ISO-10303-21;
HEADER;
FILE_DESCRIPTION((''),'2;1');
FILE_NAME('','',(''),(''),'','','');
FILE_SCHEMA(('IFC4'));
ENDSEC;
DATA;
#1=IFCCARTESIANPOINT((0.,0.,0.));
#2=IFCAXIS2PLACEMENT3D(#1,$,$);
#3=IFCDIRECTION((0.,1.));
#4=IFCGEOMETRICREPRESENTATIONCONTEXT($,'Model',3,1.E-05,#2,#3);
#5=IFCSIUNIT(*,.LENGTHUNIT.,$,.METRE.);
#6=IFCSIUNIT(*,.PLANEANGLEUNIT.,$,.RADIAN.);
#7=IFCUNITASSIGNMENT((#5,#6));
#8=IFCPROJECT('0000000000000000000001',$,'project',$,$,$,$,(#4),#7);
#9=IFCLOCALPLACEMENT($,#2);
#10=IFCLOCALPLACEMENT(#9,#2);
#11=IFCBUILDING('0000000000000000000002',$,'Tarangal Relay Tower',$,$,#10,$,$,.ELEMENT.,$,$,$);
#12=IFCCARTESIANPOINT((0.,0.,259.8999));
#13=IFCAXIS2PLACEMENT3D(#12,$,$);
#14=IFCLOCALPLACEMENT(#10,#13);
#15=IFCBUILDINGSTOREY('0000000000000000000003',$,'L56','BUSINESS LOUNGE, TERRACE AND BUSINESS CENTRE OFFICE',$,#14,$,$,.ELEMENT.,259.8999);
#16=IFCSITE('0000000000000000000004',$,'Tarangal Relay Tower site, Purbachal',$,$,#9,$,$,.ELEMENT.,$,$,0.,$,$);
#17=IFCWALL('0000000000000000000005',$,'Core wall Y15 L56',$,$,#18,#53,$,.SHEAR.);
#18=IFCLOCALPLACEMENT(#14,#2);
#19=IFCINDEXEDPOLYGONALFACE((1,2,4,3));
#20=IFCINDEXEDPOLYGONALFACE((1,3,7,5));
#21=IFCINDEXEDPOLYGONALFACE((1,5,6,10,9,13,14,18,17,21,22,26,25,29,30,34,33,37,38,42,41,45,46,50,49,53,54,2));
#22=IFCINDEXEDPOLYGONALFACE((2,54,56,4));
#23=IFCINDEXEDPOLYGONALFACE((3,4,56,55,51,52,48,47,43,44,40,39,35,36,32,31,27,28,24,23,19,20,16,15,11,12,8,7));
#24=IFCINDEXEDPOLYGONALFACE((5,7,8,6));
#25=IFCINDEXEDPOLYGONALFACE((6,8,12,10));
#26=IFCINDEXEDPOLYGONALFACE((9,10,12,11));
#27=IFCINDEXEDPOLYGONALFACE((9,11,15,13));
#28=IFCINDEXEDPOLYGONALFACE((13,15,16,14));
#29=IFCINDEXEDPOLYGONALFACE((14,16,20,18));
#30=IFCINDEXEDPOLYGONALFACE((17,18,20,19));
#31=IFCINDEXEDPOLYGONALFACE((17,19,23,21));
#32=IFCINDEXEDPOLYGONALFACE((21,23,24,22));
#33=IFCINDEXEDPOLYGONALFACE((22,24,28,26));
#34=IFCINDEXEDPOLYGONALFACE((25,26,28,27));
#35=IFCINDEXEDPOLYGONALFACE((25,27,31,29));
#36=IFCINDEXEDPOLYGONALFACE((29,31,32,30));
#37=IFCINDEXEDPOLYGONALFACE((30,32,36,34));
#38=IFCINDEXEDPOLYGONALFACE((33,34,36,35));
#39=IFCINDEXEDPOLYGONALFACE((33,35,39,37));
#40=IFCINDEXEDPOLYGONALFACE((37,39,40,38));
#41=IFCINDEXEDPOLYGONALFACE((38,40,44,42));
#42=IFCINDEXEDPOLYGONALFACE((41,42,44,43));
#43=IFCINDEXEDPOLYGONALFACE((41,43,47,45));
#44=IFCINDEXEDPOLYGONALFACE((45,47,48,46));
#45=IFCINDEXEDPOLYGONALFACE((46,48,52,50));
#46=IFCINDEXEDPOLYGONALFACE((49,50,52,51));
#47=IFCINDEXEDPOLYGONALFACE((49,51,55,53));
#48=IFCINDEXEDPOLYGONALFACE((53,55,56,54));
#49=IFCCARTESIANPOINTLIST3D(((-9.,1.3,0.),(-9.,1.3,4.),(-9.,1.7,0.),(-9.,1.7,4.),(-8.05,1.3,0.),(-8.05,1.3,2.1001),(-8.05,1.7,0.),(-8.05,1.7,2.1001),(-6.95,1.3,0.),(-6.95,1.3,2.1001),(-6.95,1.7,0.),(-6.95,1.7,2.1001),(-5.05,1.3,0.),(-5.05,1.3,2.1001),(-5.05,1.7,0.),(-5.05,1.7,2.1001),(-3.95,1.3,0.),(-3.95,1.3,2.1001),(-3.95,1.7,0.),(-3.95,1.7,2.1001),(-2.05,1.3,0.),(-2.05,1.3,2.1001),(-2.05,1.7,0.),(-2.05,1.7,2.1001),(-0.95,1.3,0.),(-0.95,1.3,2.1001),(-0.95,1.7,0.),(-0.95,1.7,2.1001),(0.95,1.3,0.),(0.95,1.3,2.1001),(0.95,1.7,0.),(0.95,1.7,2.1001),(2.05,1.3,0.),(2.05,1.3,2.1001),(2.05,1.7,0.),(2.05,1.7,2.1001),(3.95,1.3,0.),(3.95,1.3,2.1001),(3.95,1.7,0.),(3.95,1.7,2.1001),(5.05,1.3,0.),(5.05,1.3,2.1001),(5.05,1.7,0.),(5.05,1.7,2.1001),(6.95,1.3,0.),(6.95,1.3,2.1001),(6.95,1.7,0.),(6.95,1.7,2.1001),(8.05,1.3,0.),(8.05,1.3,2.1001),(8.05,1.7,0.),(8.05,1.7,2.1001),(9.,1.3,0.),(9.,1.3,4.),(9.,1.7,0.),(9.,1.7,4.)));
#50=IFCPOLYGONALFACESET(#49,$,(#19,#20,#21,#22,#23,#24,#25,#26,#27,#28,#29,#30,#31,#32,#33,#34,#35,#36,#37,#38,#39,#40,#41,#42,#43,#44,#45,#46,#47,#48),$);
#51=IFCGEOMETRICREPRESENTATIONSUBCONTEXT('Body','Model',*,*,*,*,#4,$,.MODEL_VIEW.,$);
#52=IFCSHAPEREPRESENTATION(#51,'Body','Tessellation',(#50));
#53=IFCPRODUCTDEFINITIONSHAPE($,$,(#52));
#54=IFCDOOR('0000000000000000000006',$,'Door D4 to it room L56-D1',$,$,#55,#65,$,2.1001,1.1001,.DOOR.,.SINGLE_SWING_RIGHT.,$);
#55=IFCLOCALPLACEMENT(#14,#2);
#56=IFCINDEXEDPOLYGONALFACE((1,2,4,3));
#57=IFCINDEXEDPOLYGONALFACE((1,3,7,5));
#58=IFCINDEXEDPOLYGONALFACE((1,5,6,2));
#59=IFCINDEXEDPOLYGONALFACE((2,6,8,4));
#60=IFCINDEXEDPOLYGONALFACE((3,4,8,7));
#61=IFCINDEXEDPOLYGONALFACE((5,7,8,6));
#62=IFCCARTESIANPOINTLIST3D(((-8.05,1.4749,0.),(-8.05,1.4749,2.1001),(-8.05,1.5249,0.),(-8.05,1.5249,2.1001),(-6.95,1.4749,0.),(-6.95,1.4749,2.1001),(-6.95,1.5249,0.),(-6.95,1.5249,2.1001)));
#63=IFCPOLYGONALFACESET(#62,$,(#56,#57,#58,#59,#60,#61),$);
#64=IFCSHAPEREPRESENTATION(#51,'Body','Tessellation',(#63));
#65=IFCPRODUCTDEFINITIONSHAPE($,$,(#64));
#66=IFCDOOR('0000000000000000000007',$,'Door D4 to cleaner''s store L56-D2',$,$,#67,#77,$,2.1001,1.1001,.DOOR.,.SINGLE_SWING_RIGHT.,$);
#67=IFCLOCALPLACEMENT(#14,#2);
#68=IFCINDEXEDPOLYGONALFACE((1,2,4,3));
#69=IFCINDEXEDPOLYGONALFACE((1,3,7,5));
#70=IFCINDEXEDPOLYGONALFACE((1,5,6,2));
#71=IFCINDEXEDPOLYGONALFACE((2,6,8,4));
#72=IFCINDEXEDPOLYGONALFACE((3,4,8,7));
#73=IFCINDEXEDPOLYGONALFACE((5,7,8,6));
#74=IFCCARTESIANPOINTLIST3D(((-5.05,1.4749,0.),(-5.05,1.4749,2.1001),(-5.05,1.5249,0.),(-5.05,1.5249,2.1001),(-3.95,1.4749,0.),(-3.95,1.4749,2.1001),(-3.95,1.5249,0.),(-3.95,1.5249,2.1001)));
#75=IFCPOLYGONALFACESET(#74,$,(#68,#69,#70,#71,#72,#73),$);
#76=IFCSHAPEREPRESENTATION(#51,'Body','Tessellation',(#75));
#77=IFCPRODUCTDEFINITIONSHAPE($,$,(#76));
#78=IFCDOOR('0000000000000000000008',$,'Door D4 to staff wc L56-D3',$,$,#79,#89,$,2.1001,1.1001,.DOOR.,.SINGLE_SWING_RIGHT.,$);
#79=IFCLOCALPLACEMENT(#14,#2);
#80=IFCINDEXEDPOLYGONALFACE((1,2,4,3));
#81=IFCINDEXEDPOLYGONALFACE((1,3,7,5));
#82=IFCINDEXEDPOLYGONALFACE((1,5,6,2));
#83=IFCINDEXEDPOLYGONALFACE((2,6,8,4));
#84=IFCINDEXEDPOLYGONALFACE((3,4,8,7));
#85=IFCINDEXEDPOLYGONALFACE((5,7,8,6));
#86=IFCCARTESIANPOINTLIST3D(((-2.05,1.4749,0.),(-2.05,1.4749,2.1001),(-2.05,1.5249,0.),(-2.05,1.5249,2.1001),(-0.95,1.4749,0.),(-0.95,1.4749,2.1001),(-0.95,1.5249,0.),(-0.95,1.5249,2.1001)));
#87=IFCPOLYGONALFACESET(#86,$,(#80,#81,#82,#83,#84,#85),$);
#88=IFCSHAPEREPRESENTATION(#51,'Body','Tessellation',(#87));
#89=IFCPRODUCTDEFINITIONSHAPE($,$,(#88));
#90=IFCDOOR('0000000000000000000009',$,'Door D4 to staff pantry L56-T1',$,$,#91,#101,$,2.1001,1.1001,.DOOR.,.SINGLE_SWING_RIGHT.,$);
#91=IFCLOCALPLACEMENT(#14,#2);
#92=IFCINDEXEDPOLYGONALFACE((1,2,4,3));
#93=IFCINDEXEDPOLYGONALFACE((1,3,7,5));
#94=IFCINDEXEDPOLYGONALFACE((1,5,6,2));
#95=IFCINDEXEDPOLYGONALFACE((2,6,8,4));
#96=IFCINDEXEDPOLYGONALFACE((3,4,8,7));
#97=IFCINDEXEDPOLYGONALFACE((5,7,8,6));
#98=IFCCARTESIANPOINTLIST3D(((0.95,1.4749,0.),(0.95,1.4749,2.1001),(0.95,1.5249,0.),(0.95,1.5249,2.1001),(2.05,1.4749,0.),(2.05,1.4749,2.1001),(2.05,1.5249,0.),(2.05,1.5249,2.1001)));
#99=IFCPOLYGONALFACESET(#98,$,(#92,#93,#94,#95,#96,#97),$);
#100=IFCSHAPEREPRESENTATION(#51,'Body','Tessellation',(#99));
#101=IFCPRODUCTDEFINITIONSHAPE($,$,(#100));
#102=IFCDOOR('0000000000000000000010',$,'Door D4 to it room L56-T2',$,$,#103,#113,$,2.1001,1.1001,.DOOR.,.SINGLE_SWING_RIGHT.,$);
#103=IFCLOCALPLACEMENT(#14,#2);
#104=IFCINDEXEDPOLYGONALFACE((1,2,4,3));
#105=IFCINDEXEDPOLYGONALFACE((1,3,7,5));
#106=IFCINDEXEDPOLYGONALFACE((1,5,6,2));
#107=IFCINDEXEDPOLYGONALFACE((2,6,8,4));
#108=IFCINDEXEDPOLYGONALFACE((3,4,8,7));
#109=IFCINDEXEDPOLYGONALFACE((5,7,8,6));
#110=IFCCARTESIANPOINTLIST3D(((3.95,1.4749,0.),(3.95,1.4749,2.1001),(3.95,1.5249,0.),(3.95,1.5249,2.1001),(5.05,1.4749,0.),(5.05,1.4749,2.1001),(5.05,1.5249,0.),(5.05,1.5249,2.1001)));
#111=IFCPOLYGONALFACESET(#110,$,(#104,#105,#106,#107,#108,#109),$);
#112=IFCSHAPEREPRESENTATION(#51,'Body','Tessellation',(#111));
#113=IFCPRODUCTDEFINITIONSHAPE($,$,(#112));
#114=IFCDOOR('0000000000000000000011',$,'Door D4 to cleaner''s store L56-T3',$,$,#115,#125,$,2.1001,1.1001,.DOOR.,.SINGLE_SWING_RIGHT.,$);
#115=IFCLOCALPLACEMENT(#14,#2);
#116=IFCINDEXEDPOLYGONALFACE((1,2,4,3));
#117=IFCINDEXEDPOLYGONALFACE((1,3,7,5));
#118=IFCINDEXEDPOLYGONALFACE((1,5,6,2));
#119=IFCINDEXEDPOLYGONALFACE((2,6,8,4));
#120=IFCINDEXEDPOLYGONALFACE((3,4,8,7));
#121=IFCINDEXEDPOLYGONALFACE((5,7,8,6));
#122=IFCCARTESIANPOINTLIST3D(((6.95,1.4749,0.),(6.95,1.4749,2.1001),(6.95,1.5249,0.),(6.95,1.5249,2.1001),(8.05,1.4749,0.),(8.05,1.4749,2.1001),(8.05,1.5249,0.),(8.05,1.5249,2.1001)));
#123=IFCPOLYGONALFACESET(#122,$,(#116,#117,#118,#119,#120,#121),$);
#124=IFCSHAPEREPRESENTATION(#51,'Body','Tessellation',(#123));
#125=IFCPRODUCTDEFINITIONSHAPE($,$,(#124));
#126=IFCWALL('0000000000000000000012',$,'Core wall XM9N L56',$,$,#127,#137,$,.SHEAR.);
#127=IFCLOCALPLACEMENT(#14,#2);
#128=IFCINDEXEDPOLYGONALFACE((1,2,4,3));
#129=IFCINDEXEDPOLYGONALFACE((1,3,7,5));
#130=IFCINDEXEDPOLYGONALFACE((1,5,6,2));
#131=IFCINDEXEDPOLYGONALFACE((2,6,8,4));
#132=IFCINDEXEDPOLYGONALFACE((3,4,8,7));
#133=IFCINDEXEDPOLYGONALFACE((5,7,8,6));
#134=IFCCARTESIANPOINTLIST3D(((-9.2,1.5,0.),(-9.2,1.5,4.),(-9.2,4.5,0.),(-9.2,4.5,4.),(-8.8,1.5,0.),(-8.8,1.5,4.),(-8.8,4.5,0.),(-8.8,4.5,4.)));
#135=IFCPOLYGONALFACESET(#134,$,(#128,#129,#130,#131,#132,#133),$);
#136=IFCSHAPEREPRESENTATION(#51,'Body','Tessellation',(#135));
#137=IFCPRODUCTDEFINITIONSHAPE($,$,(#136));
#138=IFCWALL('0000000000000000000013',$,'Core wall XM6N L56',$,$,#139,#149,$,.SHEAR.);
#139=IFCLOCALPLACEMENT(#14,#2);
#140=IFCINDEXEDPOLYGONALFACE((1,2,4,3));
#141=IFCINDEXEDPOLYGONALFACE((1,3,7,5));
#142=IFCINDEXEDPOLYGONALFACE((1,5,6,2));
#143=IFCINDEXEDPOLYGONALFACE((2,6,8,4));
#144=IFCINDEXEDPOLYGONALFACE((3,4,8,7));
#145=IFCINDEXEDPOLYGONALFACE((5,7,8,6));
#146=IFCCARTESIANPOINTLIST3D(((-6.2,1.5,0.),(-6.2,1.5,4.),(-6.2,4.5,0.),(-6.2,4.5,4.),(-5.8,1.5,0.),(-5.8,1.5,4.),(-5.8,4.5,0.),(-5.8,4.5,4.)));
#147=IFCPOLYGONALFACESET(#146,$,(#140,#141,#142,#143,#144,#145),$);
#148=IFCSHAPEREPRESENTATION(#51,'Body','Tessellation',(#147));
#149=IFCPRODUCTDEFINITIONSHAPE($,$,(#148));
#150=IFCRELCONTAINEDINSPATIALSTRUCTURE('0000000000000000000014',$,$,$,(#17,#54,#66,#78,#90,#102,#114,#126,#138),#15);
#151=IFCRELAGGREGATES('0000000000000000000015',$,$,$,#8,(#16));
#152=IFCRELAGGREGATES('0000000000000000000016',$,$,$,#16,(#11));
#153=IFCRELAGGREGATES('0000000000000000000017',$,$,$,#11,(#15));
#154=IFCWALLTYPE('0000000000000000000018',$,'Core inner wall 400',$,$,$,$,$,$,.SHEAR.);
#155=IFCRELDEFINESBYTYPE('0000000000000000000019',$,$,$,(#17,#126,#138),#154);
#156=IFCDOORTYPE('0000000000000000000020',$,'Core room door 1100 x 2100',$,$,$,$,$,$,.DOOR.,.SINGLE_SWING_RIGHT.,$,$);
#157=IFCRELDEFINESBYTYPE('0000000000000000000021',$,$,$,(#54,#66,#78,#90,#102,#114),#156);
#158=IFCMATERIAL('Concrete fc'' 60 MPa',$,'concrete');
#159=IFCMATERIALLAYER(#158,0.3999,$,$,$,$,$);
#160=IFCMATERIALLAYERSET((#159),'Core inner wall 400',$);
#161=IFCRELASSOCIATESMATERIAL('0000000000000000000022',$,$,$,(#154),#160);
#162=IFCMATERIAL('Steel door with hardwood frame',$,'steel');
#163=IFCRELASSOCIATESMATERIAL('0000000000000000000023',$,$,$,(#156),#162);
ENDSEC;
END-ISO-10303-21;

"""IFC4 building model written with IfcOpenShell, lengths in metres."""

from ifc_helpers import new_model, si_unit, direction, frame, frame_2d, origin, place, context, subcontext, project, spatial, rectangle, extrude, material, layer, layer_set, type_object, element, fill, save


model = new_model("IFC4")

# Units and contexts
model_context = context("Model", 3, precision=1e-05, world=origin(), true_north=direction((0.0, 1.0)))
body_context = subcontext(model_context, "Body", "Model", "MODEL_VIEW")
ifc_project = project(units=[si_unit("LENGTHUNIT", "METRE"), si_unit("PLANEANGLEUNIT", "RADIAN")], contexts=[model_context])

# Site, building, storey
site_placement = place(None, origin())
site = spatial("IfcSite", under=ifc_project, at=site_placement, Name="Tarangal Relay Tower site, Purbachal", CompositionType="ELEMENT", RefElevation=0.0)
building_placement = place(site_placement, origin())
building = spatial("IfcBuilding", under=site, at=building_placement, Name="Tarangal Relay Tower", CompositionType="ELEMENT")
storey_placement = place(building_placement, frame((0.0, 0.0, 259.8999)))
storey = spatial("IfcBuildingStorey", under=building, at=storey_placement, Name="L56", Description="BUSINESS LOUNGE, TERRACE AND BUSINESS CENTRE OFFICE", CompositionType="ELEMENT", Elevation=259.8999)

# Wall, openings, doors
ifc_material_1 = material(Name="Concrete fc' 60 MPa", Category="concrete")
ifc_layer = layer(ifc_material_1, 0.3999)
ifc_layer_set = layer_set([ifc_layer], Name="Core inner wall 400")
wall_type = type_object("IfcWallType", Name="Core inner wall 400", PredefinedType="SHEAR", material=ifc_layer_set)
ifc_material_2 = material(Name="Steel door with hardwood frame", Category="steel")
wall_1_placement = place(storey_placement, frame((-9.0, 1.5, 0.0), z_axis=(0.0, 0.0, 1.0), x_axis=(1.0, 0.0, 0.0)))
wall_1 = element("IfcWall", 1, at=wall_1_placement, inside=storey, type_object=wall_type, Name="Core wall Y15 L56", PredefinedType="SHEAR", context=body_context, shape_type="SweptSolid", body=[
    extrude(rectangle(XDim=18.0, YDim=0.3999, at=frame_2d((9.0, 0.0))), origin(), (0.0, 0.0, 1.0), 4.0),
])
opening_1_placement = place(wall_1_placement, frame((0.95, 0.0, 0.0)))
opening_1 = element("IfcOpeningElement", 2, at=opening_1_placement, cuts=wall_1, PredefinedType="OPENING", context=body_context, shape_type="SweptSolid", body=[
    extrude(rectangle(XDim=1.1001, YDim=2.1001, at=frame_2d((0.55, 1.05))), frame((0.0, 0.21, 0.0), z_axis=(0.0, -1.0, 0.0), x_axis=(1.0, 0.0, 0.0)), (0.0, 0.0, 1.0), 0.4199),
])
opening_2_placement = place(wall_1_placement, frame((3.95, 0.0, 0.0)))
opening_2 = element("IfcOpeningElement", 3, at=opening_2_placement, cuts=wall_1, PredefinedType="OPENING", context=body_context, shape_type="SweptSolid", body=[
    extrude(rectangle(XDim=1.1001, YDim=2.1001, at=frame_2d((0.55, 1.05))), frame((0.0, 0.21, 0.0), z_axis=(0.0, -1.0, 0.0), x_axis=(1.0, 0.0, 0.0)), (0.0, 0.0, 1.0), 0.4199),
])
opening_3_placement = place(wall_1_placement, frame((6.95, 0.0, 0.0)))
opening_3 = element("IfcOpeningElement", 4, at=opening_3_placement, cuts=wall_1, PredefinedType="OPENING", context=body_context, shape_type="SweptSolid", body=[
    extrude(rectangle(XDim=1.1001, YDim=2.1001, at=frame_2d((0.55, 1.05))), frame((0.0, 0.21, 0.0), z_axis=(0.0, -1.0, 0.0), x_axis=(1.0, 0.0, 0.0)), (0.0, 0.0, 1.0), 0.4199),
])
opening_4_placement = place(wall_1_placement, frame((9.95, 0.0, 0.0)))
opening_4 = element("IfcOpeningElement", 5, at=opening_4_placement, cuts=wall_1, PredefinedType="OPENING", context=body_context, shape_type="SweptSolid", body=[
    extrude(rectangle(XDim=1.1001, YDim=2.1001, at=frame_2d((0.55, 1.05))), frame((0.0, 0.21, 0.0), z_axis=(0.0, -1.0, 0.0), x_axis=(1.0, 0.0, 0.0)), (0.0, 0.0, 1.0), 0.4199),
])
opening_5_placement = place(wall_1_placement, frame((12.95, 0.0, 0.0)))
opening_5 = element("IfcOpeningElement", 6, at=opening_5_placement, cuts=wall_1, PredefinedType="OPENING", context=body_context, shape_type="SweptSolid", body=[
    extrude(rectangle(XDim=1.1001, YDim=2.1001, at=frame_2d((0.55, 1.05))), frame((0.0, 0.21, 0.0), z_axis=(0.0, -1.0, 0.0), x_axis=(1.0, 0.0, 0.0)), (0.0, 0.0, 1.0), 0.4199),
])
opening_6_placement = place(wall_1_placement, frame((15.95, 0.0, 0.0)))
opening_6 = element("IfcOpeningElement", 7, at=opening_6_placement, cuts=wall_1, PredefinedType="OPENING", context=body_context, shape_type="SweptSolid", body=[
    extrude(rectangle(XDim=1.1001, YDim=2.1001, at=frame_2d((0.55, 1.05))), frame((0.0, 0.21, 0.0), z_axis=(0.0, -1.0, 0.0), x_axis=(1.0, 0.0, 0.0)), (0.0, 0.0, 1.0), 0.4199),
])
door_type_1 = type_object("IfcDoorType", Name="Core room door 1100 x 2100", OperationType="SINGLE_SWING_RIGHT", PredefinedType="DOOR", material=ifc_material_2)
door_1_placement = place(opening_1_placement, origin())
door_1 = element("IfcDoor", 8, at=door_1_placement, inside=storey, type_object=door_type_1, Name="Door D4 to it room L56-D1", OperationType="SINGLE_SWING_RIGHT", OverallHeight=2.1001, OverallWidth=1.1001, PredefinedType="DOOR", context=body_context, shape_type="SweptSolid", body=[
    extrude(rectangle(XDim=1.1001, YDim=2.1001, at=frame_2d((0.55, 1.05))), frame((0.0, 0.0249, 0.0), z_axis=(0.0, -1.0, 0.0), x_axis=(1.0, 0.0, 0.0)), (0.0, 0.0, 1.0), 0.05),
])
fill(opening_1, door_1)
door_2_placement = place(opening_2_placement, origin())
door_2 = element("IfcDoor", 9, at=door_2_placement, inside=storey, type_object=door_type_1, Name="Door D4 to cleaner's store L56-D2", OperationType="SINGLE_SWING_RIGHT", OverallHeight=2.1001, OverallWidth=1.1001, PredefinedType="DOOR", context=body_context, shape_type="SweptSolid", body=[
    extrude(rectangle(XDim=1.1001, YDim=2.1001, at=frame_2d((0.55, 1.05))), frame((0.0, 0.0249, 0.0), z_axis=(0.0, -1.0, 0.0), x_axis=(1.0, 0.0, 0.0)), (0.0, 0.0, 1.0), 0.05),
])
fill(opening_2, door_2)
door_3_placement = place(opening_3_placement, origin())
door_3 = element("IfcDoor", 10, at=door_3_placement, inside=storey, type_object=door_type_1, Name="Door D4 to staff wc L56-D3", OperationType="SINGLE_SWING_RIGHT", OverallHeight=2.1001, OverallWidth=1.1001, PredefinedType="DOOR", context=body_context, shape_type="SweptSolid", body=[
    extrude(rectangle(XDim=1.1001, YDim=2.1001, at=frame_2d((0.55, 1.05))), frame((0.0, 0.0249, 0.0), z_axis=(0.0, -1.0, 0.0), x_axis=(1.0, 0.0, 0.0)), (0.0, 0.0, 1.0), 0.05),
])
fill(opening_3, door_3)
door_4_placement = place(opening_4_placement, origin())
door_4 = element("IfcDoor", 11, at=door_4_placement, inside=storey, type_object=door_type_1, Name="Door D4 to staff pantry L56-T1", OperationType="SINGLE_SWING_RIGHT", OverallHeight=2.1001, OverallWidth=1.1001, PredefinedType="DOOR", context=body_context, shape_type="SweptSolid", body=[
    extrude(rectangle(XDim=1.1001, YDim=2.1001, at=frame_2d((0.55, 1.05))), frame((0.0, 0.0249, 0.0), z_axis=(0.0, -1.0, 0.0), x_axis=(1.0, 0.0, 0.0)), (0.0, 0.0, 1.0), 0.05),
])
fill(opening_4, door_4)
door_5_placement = place(opening_5_placement, origin())
door_5 = element("IfcDoor", 12, at=door_5_placement, inside=storey, type_object=door_type_1, Name="Door D4 to it room L56-T2", OperationType="SINGLE_SWING_RIGHT", OverallHeight=2.1001, OverallWidth=1.1001, PredefinedType="DOOR", context=body_context, shape_type="SweptSolid", body=[
    extrude(rectangle(XDim=1.1001, YDim=2.1001, at=frame_2d((0.55, 1.05))), frame((0.0, 0.0249, 0.0), z_axis=(0.0, -1.0, 0.0), x_axis=(1.0, 0.0, 0.0)), (0.0, 0.0, 1.0), 0.05),
])
fill(opening_5, door_5)
door_6_placement = place(opening_6_placement, origin())
door_6 = element("IfcDoor", 13, at=door_6_placement, inside=storey, type_object=door_type_1, Name="Door D4 to cleaner's store L56-T3", OperationType="SINGLE_SWING_RIGHT", OverallHeight=2.1001, OverallWidth=1.1001, PredefinedType="DOOR", context=body_context, shape_type="SweptSolid", body=[
    extrude(rectangle(XDim=1.1001, YDim=2.1001, at=frame_2d((0.55, 1.05))), frame((0.0, 0.0249, 0.0), z_axis=(0.0, -1.0, 0.0), x_axis=(1.0, 0.0, 0.0)), (0.0, 0.0, 1.0), 0.05),
])
fill(opening_6, door_6)

# Walls
for number, where, z_axis, x_axis, name in (
    (14, (-9.0, 1.5, 0.0), (0.0, 0.0, 1.0), (0.0, 1.0, 0.0), "Core wall XM9N L56"),
    (15, (-6.0, 1.5, 0.0), (0.0, 0.0, 1.0), (0.0, 1.0, 0.0), "Core wall XM6N L56"),
):
    element("IfcWall", number, at=place(storey_placement, frame(where, z_axis=z_axis, x_axis=x_axis)), inside=storey, type_object=wall_type, Name=name, PredefinedType="SHEAR", context=body_context, shape_type="SweptSolid", body=[
        extrude(rectangle(XDim=3.0, YDim=0.3999, at=frame_2d((1.5, 0.0))), origin(), (0.0, 0.0, 1.0), 4.0),
    ])

save(model, "model.ifc")
